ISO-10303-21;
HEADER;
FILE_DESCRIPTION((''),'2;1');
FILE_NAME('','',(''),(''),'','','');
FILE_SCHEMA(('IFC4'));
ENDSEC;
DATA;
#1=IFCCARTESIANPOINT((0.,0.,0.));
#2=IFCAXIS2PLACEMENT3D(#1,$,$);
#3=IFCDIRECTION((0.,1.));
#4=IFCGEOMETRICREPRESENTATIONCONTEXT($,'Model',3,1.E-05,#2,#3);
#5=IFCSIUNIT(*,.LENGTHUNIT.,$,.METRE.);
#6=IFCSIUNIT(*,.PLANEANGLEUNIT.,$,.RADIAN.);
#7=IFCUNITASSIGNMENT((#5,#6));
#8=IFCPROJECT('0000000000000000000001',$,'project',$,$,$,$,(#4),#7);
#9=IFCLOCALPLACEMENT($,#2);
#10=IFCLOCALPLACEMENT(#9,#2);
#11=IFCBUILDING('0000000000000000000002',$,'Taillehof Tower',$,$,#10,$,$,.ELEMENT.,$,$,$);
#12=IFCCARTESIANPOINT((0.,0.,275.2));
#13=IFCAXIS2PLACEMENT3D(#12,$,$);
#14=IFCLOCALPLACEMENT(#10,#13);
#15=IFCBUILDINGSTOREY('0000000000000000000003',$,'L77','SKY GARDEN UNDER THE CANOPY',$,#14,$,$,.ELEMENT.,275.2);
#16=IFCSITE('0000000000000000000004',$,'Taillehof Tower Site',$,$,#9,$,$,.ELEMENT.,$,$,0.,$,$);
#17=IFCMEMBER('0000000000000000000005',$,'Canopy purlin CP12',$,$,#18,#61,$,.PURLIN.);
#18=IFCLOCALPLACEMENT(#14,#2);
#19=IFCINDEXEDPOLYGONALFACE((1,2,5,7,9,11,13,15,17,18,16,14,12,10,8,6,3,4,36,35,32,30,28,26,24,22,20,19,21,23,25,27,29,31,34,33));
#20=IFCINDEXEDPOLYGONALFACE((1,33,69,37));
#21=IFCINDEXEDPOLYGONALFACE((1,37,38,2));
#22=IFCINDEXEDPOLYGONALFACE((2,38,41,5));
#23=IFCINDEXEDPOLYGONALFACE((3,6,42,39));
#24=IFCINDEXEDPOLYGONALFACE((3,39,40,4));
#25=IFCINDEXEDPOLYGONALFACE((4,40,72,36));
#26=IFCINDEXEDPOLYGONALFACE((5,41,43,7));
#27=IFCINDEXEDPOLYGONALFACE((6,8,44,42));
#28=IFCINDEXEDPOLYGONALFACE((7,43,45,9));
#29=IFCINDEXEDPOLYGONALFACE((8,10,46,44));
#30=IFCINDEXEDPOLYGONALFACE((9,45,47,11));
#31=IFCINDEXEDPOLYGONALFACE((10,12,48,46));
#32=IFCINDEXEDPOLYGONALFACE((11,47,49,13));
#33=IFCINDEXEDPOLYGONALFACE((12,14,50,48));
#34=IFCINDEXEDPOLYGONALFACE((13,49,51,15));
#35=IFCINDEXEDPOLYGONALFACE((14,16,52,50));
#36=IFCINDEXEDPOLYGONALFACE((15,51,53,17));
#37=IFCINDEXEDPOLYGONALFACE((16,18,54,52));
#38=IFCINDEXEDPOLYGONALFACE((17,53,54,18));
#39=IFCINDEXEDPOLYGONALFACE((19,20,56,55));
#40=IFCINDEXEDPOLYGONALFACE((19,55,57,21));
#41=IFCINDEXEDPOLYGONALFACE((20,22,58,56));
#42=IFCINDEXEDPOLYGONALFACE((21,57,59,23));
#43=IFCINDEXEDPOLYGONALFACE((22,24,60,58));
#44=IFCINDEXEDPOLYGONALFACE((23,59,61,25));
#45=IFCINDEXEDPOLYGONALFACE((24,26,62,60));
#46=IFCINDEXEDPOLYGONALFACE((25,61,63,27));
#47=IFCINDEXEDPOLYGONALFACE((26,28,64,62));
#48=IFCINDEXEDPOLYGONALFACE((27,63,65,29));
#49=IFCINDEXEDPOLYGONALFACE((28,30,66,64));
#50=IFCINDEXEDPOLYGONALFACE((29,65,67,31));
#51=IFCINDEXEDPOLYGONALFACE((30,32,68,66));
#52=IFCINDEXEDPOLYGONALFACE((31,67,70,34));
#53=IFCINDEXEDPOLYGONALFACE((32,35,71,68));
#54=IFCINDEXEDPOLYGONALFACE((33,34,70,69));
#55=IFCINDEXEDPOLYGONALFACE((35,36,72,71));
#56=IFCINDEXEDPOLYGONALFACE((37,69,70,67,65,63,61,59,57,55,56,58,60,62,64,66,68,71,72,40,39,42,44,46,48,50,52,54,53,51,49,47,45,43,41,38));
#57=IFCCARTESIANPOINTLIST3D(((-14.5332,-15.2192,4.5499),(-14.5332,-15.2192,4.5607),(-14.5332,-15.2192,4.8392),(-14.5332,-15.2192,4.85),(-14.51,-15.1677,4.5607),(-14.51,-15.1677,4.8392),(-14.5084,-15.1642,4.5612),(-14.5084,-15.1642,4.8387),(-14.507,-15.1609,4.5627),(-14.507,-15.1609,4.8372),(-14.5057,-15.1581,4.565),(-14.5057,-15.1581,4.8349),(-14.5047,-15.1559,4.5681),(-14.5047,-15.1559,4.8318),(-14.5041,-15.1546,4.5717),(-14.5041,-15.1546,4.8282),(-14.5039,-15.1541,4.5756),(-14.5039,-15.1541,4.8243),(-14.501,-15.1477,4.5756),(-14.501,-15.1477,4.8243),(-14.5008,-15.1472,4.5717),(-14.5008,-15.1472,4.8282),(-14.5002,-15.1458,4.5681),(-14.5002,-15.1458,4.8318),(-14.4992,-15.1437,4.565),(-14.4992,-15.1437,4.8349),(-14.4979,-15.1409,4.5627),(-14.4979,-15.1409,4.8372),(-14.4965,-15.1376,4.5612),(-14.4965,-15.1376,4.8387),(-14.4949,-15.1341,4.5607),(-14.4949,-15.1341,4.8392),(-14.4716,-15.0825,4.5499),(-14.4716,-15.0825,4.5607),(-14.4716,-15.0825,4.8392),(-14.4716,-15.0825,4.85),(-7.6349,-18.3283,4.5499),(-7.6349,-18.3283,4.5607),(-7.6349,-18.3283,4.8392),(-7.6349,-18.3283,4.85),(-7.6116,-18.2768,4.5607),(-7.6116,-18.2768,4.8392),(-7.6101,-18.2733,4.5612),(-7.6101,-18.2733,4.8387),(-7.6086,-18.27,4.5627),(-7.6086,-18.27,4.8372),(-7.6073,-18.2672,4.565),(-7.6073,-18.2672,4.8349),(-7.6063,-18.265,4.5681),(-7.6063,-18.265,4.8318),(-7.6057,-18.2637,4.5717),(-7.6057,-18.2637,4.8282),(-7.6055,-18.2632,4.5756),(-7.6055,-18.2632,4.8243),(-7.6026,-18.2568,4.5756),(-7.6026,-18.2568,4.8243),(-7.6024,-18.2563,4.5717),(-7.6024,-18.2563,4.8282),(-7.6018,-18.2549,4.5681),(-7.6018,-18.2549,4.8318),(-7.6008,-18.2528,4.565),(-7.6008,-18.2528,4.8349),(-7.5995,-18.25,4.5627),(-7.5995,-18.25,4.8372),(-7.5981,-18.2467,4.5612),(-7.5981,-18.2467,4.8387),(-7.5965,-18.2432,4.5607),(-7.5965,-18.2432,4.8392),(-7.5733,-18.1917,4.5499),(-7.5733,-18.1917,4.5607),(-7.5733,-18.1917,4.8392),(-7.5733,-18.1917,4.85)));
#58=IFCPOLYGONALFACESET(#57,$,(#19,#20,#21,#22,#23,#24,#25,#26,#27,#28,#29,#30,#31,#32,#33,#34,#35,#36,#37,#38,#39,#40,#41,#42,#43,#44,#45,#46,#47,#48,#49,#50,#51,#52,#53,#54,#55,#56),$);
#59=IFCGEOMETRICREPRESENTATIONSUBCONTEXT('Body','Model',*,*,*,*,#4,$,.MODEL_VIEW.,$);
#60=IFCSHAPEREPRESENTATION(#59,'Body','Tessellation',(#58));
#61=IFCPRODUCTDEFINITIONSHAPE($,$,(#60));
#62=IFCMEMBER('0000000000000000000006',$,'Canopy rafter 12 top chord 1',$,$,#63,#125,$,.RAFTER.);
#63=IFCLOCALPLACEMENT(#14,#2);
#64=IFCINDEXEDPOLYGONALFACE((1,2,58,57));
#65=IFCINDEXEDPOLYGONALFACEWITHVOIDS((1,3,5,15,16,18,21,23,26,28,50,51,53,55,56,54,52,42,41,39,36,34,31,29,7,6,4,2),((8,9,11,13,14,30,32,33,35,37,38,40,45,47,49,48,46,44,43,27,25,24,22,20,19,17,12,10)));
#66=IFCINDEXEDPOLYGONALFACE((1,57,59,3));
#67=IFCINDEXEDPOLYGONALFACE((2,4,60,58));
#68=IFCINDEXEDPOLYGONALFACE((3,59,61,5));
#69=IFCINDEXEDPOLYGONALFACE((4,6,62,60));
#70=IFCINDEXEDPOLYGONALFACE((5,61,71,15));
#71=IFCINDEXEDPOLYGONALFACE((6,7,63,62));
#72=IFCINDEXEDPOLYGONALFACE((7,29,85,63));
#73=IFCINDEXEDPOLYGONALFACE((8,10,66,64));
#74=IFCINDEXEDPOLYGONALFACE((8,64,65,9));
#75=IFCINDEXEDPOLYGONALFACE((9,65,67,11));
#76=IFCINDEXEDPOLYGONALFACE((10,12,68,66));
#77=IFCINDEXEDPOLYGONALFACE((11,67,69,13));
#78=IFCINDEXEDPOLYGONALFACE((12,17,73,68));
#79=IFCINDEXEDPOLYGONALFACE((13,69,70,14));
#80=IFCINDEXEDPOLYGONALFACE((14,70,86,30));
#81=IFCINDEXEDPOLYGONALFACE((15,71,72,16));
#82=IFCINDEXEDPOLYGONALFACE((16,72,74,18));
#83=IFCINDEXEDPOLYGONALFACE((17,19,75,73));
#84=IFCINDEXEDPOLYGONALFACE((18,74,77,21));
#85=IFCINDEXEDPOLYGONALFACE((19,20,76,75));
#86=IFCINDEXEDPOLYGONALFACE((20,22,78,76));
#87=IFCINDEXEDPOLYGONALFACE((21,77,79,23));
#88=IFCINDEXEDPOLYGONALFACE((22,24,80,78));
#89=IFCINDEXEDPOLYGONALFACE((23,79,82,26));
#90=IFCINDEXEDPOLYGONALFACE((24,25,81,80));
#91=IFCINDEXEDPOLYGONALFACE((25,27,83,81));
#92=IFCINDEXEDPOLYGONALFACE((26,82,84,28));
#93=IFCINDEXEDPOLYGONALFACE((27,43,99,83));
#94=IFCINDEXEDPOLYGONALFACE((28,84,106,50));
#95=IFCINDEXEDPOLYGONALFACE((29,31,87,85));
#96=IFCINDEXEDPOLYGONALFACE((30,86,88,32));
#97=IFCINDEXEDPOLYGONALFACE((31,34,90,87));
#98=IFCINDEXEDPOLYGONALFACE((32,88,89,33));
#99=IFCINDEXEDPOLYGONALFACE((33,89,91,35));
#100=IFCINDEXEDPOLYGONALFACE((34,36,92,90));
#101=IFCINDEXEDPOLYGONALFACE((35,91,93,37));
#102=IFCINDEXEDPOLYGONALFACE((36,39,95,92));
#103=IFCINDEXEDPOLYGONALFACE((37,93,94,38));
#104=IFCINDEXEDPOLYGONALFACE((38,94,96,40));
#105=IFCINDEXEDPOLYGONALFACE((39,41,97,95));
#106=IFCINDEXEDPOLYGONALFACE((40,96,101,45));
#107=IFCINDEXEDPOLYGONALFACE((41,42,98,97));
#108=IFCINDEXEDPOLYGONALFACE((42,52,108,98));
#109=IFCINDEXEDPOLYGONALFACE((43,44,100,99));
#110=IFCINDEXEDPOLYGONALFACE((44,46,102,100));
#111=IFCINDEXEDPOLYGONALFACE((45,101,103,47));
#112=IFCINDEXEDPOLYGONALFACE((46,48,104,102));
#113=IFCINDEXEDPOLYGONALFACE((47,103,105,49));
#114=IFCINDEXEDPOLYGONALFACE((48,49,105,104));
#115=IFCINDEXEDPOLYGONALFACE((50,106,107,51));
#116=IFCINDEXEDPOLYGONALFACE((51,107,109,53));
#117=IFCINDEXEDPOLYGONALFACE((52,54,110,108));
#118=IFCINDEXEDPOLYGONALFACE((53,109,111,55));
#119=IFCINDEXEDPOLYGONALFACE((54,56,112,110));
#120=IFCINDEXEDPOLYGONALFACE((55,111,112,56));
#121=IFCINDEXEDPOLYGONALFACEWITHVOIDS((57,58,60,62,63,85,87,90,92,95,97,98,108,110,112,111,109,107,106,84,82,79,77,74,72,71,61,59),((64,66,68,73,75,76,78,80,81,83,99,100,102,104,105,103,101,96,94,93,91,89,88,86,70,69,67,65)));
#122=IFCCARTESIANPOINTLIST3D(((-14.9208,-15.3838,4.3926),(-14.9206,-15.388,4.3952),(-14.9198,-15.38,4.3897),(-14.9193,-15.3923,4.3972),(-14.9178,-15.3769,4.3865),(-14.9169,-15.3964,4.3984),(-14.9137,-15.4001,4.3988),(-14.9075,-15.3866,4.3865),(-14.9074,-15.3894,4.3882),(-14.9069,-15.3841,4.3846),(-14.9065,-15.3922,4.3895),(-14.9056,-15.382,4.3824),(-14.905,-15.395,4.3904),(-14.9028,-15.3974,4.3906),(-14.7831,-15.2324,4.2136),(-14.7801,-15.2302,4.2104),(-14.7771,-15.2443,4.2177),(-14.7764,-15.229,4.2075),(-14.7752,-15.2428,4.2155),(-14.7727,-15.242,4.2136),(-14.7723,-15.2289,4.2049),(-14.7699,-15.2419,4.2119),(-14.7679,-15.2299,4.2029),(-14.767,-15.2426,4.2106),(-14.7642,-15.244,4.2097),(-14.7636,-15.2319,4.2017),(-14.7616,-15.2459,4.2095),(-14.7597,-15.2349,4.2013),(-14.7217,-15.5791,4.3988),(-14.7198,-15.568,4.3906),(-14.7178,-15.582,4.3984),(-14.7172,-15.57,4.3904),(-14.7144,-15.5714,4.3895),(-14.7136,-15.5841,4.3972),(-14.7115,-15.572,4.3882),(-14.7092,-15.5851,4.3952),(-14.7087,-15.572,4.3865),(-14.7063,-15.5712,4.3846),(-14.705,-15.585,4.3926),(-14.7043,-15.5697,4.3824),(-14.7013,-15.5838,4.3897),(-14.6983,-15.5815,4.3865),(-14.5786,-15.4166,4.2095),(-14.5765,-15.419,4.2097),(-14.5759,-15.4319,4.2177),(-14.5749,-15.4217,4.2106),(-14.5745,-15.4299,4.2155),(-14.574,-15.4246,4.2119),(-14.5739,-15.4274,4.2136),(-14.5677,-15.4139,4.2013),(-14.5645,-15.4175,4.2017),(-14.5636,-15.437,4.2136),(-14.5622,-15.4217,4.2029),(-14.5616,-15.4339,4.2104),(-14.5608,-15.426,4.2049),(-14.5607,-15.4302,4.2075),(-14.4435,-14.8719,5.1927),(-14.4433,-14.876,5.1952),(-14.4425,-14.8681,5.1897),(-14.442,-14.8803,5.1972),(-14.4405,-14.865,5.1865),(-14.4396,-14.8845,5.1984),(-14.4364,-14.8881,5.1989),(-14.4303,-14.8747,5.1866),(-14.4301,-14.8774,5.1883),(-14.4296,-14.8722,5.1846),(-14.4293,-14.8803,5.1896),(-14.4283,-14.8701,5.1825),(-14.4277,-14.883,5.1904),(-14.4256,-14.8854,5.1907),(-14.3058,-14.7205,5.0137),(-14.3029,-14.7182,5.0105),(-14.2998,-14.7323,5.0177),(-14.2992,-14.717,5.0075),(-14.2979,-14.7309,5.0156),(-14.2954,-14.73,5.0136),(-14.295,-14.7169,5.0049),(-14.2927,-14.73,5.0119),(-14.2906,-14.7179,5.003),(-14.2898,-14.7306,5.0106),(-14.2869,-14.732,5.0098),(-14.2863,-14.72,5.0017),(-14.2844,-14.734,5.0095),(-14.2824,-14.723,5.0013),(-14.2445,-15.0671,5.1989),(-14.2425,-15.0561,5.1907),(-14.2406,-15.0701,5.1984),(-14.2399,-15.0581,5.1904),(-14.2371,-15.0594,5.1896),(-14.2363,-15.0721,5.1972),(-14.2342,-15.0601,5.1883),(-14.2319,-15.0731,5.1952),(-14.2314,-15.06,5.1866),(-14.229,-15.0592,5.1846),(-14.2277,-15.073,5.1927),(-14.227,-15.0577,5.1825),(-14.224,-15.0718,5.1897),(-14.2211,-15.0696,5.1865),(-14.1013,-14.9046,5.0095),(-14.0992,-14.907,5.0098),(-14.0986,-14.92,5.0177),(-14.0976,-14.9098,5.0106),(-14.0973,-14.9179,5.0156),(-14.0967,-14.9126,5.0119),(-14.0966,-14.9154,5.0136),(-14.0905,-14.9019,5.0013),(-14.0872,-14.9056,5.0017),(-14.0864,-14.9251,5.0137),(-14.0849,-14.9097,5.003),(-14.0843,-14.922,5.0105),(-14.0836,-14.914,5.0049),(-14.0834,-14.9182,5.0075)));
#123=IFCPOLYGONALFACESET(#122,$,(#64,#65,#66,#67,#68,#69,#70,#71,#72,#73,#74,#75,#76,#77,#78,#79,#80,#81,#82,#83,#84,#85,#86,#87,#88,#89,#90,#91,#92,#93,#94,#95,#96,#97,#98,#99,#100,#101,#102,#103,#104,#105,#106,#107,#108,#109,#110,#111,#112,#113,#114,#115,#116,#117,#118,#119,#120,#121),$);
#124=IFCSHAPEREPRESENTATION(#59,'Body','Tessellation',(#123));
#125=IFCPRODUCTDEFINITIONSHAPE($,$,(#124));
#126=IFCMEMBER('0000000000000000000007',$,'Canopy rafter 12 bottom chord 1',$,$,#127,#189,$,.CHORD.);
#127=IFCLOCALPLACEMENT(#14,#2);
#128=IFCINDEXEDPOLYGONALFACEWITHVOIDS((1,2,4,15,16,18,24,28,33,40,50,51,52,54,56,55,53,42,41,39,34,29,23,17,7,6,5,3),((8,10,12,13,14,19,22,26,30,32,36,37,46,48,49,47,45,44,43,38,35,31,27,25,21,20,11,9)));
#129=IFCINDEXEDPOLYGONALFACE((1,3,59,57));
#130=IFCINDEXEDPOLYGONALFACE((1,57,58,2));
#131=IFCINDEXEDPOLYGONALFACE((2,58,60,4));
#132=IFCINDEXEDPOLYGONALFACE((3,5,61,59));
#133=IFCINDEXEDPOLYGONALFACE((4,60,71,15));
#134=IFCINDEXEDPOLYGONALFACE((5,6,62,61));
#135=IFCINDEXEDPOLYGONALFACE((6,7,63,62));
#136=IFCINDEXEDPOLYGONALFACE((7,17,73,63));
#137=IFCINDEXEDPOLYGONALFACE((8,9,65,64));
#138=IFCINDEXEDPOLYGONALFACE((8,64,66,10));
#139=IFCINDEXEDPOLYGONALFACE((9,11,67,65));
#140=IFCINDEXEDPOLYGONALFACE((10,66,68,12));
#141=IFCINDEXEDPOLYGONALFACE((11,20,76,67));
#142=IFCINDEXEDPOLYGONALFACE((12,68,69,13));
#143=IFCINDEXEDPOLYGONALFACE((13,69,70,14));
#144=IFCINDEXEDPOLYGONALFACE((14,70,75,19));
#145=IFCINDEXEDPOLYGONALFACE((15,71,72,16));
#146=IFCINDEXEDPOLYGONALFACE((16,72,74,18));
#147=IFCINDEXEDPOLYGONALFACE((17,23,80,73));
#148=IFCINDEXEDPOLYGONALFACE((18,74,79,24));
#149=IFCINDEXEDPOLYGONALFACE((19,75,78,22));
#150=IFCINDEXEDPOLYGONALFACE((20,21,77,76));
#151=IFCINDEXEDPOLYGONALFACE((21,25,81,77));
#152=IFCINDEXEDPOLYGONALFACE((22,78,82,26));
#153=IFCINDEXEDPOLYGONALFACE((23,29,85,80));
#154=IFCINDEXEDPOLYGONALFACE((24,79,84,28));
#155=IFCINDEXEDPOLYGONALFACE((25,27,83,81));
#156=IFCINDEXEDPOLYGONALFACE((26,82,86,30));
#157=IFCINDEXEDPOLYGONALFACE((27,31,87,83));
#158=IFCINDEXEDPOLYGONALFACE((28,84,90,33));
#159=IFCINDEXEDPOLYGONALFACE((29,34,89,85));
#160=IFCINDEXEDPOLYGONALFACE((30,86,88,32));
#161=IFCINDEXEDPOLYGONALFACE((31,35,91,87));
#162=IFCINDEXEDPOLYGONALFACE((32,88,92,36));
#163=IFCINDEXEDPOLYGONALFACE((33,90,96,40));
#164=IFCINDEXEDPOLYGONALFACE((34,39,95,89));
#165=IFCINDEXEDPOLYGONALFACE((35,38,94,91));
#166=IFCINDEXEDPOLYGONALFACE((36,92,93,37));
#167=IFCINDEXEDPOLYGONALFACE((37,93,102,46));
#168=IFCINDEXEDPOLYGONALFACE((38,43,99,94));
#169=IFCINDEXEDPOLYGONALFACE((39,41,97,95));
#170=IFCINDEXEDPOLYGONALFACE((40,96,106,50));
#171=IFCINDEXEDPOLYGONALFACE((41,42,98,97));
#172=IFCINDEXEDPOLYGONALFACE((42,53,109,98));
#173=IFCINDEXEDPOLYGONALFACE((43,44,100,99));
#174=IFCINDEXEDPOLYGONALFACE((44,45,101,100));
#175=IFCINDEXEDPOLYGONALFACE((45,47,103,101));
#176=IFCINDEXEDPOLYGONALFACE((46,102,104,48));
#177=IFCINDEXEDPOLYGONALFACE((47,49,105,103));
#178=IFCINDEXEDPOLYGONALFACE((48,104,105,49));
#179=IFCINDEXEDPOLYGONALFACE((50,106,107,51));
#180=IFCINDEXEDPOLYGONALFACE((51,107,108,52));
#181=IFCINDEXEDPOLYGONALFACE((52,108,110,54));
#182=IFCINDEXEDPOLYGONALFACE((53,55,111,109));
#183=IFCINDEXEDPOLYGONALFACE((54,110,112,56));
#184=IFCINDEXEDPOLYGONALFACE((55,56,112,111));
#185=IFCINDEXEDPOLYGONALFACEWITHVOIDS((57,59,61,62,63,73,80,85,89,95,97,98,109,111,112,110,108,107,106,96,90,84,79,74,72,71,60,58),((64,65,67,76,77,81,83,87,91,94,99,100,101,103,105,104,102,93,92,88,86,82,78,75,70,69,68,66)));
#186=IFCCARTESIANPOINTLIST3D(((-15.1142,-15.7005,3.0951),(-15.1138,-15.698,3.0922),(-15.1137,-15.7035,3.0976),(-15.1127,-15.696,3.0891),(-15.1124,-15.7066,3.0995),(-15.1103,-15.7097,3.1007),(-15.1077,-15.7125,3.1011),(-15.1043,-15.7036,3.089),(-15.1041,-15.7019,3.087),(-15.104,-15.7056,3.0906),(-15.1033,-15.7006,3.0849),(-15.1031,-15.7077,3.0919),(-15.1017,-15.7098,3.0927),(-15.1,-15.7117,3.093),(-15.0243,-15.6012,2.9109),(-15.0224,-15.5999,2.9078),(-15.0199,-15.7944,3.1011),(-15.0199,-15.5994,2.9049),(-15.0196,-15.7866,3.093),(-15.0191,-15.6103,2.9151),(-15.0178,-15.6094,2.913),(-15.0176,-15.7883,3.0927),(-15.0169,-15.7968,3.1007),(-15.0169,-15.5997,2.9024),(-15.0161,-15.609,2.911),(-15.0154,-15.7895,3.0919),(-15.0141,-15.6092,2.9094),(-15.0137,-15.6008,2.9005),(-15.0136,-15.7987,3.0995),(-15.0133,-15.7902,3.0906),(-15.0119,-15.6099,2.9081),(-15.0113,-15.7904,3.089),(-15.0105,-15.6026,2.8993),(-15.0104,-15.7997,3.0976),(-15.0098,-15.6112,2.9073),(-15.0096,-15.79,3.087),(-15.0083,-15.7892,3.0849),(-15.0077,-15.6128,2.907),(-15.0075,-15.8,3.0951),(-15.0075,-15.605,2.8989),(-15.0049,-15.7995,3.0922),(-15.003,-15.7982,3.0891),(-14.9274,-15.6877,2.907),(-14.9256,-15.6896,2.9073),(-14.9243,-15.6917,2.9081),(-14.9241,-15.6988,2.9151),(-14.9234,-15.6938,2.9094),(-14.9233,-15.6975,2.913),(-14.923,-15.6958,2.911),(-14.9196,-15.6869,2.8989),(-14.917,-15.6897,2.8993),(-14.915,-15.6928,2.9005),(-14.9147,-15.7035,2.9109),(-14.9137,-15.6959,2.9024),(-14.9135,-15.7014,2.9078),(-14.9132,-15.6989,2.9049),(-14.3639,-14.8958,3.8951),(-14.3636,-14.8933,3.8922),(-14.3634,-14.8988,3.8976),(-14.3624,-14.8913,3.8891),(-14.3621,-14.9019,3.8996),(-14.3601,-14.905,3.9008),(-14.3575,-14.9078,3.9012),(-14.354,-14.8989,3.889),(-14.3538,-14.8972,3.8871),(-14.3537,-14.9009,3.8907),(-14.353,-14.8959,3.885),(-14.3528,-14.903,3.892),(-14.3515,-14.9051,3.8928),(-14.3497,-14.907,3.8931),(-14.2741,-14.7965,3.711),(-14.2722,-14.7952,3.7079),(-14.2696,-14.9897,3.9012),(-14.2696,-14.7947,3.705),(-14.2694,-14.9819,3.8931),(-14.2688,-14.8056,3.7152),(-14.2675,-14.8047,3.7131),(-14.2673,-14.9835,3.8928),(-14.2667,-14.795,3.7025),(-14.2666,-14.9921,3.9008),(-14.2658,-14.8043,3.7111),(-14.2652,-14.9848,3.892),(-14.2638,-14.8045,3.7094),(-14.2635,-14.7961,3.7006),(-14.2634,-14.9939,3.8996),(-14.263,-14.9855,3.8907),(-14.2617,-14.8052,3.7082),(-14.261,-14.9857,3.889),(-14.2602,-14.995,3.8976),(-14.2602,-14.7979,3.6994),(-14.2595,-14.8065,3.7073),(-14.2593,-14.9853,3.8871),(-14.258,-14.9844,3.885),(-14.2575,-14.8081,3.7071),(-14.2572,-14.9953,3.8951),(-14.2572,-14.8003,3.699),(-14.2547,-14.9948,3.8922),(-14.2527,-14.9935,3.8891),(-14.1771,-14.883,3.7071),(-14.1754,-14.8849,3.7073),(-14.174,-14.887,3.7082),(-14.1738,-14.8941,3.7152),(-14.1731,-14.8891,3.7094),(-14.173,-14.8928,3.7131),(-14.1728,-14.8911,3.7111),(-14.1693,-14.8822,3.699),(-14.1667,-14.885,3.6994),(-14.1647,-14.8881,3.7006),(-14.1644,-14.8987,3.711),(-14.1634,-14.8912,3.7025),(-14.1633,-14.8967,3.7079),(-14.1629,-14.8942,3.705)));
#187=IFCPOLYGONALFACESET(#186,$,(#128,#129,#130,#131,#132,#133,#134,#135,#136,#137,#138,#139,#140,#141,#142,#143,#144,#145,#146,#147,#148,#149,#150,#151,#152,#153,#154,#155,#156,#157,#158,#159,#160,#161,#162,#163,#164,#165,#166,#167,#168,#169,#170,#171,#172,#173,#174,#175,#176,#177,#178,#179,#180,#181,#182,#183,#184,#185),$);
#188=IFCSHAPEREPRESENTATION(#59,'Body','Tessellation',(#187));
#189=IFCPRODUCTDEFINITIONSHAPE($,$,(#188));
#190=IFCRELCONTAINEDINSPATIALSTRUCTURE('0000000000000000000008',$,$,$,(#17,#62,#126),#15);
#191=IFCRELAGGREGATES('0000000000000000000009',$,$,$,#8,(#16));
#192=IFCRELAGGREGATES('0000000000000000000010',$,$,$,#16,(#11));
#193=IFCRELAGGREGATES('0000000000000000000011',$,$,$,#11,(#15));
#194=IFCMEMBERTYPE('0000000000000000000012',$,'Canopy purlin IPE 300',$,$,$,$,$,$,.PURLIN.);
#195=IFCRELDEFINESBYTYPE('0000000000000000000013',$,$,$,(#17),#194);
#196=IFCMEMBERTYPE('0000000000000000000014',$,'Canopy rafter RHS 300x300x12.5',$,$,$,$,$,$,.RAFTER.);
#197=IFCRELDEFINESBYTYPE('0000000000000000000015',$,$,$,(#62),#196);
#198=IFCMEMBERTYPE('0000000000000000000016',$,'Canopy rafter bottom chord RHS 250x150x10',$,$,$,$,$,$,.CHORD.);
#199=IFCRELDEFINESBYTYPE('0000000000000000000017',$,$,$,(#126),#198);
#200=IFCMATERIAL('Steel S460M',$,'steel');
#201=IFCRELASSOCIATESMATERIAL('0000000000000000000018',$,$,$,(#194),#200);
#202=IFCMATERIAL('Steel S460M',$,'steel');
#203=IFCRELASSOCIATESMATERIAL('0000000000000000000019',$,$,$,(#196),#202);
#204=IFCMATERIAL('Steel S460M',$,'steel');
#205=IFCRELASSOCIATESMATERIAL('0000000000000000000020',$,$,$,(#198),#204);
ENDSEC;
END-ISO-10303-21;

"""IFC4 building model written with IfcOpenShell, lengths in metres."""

from ifc_helpers import new_model, si_unit, direction, frame, origin, origin_2d, place, context, subcontext, project, spatial, hollow_rectangle, i_section, extrude, material, material_profile, profile_set, type_object, element, save


model = new_model("IFC4")

# Units and contexts
model_context = context("Model", 3, precision=1e-05, world=origin(), true_north=direction((0.0, 1.0)))
body_context = subcontext(model_context, "Body", "Model", "MODEL_VIEW")
ifc_project = project(units=[si_unit("LENGTHUNIT", "METRE"), si_unit("PLANEANGLEUNIT", "RADIAN")], contexts=[model_context])

# Site, building, storey
site_placement = place(None, origin())
site = spatial("IfcSite", under=ifc_project, at=site_placement, Name="Taillehof Tower Site", CompositionType="ELEMENT", RefElevation=0.0)
building_placement = place(site_placement, origin())
building = spatial("IfcBuilding", under=site, at=building_placement, Name="Taillehof Tower", CompositionType="ELEMENT")
storey_placement = place(building_placement, frame((0.0, 0.0, 275.2)))
storey = spatial("IfcBuildingStorey", under=building, at=storey_placement, Name="L77", Description="SKY GARDEN UNDER THE CANOPY", CompositionType="ELEMENT", Elevation=275.2)

# Members
ifc_material_1 = material(Name="Steel S460M", Category="steel")
ifc_material_profile_1 = material_profile(ifc_material_1, i_section(OverallWidth=0.1499, OverallDepth=0.3, WebThickness=0.0071, FlangeThickness=0.0107, FilletRadius=0.0149, at=origin_2d()), Name="IPE 300")
ifc_profile_set_1 = profile_set([ifc_material_profile_1], Name="Steel S460M")
member_type_1 = type_object("IfcMemberType", Name="Canopy purlin IPE 300", PredefinedType="PURLIN", material=ifc_profile_set_1)
member_1_placement = place(storey_placement, frame((-14.5024, -15.1509, 4.7), z_axis=(0.911682, -0.410896, 0.0), x_axis=(0.410896, 0.911682, 0.0)))
element("IfcMember", 1, at=member_1_placement, inside=storey, type_object=member_type_1, Name="Canopy purlin CP12", PredefinedType="PURLIN", context=body_context, shape_type="SweptSolid", body=[
    extrude(i_section(OverallWidth=0.1499, OverallDepth=0.3, WebThickness=0.0071, FlangeThickness=0.0107, FilletRadius=0.0149, at=origin_2d()), origin(), (0.0, 0.0, 1.0), 7.5667),
])
ifc_material_2 = material(Name="Steel S460M", Category="steel")
ifc_material_profile_2 = material_profile(ifc_material_2, hollow_rectangle(XDim=0.3, YDim=0.3, WallThickness=0.0125, InnerFilletRadius=0.0125, OuterFilletRadius=0.0188, at=origin_2d()), Name="RHS 300x300x12.5")
ifc_profile_set_2 = profile_set([ifc_material_profile_2], Name="Steel S460M")
member_type_2 = type_object("IfcMemberType", Name="Canopy rafter RHS 300x300x12.5", PredefinedType="RAFTER", material=ifc_profile_set_2)
member_2_placement = place(storey_placement, frame((-14.7407, -15.407, 4.3), z_axis=(0.449002, 0.481615, 0.752624), x_axis=(-0.731438, 0.681908, 0.0)))
element("IfcMember", 2, at=member_2_placement, inside=storey, type_object=member_type_2, Name="Canopy rafter 12 top chord 1", PredefinedType="RAFTER", context=body_context, shape_type="SweptSolid", body=[
    extrude(hollow_rectangle(XDim=0.3, YDim=0.3, WallThickness=0.0125, InnerFilletRadius=0.0125, OuterFilletRadius=0.0188, at=origin_2d()), origin(), (0.0, 0.0, 1.0), 1.063),
])
ifc_material_3 = material(Name="Steel S460M", Category="steel")
ifc_material_profile_3 = material_profile(ifc_material_3, hollow_rectangle(XDim=0.1499, YDim=0.25, WallThickness=0.01, InnerFilletRadius=0.01, OuterFilletRadius=0.0149, at=origin_2d()), Name="RHS 250x150x10")
ifc_profile_set_3 = profile_set([ifc_material_profile_3], Name="Steel S460M")
member_type_3 = type_object("IfcMemberType", Name="Canopy rafter bottom chord RHS 250x150x10", PredefinedType="CHORD", material=ifc_profile_set_3)
member_3_placement = place(storey_placement, frame((-15.0137, -15.6997, 3.0), z_axis=(0.551521, 0.591543, 0.588133), x_axis=(-0.731417, 0.681931, 0.0)))
element("IfcMember", 3, at=member_3_placement, inside=storey, type_object=member_type_3, Name="Canopy rafter 12 bottom chord 1", PredefinedType="CHORD", context=body_context, shape_type="SweptSolid", body=[
    extrude(hollow_rectangle(XDim=0.1499, YDim=0.25, WallThickness=0.01, InnerFilletRadius=0.01, OuterFilletRadius=0.0149, at=origin_2d()), origin(), (0.0, 0.0, 1.0), 1.3604),
])

save(model, "model.ifc")
